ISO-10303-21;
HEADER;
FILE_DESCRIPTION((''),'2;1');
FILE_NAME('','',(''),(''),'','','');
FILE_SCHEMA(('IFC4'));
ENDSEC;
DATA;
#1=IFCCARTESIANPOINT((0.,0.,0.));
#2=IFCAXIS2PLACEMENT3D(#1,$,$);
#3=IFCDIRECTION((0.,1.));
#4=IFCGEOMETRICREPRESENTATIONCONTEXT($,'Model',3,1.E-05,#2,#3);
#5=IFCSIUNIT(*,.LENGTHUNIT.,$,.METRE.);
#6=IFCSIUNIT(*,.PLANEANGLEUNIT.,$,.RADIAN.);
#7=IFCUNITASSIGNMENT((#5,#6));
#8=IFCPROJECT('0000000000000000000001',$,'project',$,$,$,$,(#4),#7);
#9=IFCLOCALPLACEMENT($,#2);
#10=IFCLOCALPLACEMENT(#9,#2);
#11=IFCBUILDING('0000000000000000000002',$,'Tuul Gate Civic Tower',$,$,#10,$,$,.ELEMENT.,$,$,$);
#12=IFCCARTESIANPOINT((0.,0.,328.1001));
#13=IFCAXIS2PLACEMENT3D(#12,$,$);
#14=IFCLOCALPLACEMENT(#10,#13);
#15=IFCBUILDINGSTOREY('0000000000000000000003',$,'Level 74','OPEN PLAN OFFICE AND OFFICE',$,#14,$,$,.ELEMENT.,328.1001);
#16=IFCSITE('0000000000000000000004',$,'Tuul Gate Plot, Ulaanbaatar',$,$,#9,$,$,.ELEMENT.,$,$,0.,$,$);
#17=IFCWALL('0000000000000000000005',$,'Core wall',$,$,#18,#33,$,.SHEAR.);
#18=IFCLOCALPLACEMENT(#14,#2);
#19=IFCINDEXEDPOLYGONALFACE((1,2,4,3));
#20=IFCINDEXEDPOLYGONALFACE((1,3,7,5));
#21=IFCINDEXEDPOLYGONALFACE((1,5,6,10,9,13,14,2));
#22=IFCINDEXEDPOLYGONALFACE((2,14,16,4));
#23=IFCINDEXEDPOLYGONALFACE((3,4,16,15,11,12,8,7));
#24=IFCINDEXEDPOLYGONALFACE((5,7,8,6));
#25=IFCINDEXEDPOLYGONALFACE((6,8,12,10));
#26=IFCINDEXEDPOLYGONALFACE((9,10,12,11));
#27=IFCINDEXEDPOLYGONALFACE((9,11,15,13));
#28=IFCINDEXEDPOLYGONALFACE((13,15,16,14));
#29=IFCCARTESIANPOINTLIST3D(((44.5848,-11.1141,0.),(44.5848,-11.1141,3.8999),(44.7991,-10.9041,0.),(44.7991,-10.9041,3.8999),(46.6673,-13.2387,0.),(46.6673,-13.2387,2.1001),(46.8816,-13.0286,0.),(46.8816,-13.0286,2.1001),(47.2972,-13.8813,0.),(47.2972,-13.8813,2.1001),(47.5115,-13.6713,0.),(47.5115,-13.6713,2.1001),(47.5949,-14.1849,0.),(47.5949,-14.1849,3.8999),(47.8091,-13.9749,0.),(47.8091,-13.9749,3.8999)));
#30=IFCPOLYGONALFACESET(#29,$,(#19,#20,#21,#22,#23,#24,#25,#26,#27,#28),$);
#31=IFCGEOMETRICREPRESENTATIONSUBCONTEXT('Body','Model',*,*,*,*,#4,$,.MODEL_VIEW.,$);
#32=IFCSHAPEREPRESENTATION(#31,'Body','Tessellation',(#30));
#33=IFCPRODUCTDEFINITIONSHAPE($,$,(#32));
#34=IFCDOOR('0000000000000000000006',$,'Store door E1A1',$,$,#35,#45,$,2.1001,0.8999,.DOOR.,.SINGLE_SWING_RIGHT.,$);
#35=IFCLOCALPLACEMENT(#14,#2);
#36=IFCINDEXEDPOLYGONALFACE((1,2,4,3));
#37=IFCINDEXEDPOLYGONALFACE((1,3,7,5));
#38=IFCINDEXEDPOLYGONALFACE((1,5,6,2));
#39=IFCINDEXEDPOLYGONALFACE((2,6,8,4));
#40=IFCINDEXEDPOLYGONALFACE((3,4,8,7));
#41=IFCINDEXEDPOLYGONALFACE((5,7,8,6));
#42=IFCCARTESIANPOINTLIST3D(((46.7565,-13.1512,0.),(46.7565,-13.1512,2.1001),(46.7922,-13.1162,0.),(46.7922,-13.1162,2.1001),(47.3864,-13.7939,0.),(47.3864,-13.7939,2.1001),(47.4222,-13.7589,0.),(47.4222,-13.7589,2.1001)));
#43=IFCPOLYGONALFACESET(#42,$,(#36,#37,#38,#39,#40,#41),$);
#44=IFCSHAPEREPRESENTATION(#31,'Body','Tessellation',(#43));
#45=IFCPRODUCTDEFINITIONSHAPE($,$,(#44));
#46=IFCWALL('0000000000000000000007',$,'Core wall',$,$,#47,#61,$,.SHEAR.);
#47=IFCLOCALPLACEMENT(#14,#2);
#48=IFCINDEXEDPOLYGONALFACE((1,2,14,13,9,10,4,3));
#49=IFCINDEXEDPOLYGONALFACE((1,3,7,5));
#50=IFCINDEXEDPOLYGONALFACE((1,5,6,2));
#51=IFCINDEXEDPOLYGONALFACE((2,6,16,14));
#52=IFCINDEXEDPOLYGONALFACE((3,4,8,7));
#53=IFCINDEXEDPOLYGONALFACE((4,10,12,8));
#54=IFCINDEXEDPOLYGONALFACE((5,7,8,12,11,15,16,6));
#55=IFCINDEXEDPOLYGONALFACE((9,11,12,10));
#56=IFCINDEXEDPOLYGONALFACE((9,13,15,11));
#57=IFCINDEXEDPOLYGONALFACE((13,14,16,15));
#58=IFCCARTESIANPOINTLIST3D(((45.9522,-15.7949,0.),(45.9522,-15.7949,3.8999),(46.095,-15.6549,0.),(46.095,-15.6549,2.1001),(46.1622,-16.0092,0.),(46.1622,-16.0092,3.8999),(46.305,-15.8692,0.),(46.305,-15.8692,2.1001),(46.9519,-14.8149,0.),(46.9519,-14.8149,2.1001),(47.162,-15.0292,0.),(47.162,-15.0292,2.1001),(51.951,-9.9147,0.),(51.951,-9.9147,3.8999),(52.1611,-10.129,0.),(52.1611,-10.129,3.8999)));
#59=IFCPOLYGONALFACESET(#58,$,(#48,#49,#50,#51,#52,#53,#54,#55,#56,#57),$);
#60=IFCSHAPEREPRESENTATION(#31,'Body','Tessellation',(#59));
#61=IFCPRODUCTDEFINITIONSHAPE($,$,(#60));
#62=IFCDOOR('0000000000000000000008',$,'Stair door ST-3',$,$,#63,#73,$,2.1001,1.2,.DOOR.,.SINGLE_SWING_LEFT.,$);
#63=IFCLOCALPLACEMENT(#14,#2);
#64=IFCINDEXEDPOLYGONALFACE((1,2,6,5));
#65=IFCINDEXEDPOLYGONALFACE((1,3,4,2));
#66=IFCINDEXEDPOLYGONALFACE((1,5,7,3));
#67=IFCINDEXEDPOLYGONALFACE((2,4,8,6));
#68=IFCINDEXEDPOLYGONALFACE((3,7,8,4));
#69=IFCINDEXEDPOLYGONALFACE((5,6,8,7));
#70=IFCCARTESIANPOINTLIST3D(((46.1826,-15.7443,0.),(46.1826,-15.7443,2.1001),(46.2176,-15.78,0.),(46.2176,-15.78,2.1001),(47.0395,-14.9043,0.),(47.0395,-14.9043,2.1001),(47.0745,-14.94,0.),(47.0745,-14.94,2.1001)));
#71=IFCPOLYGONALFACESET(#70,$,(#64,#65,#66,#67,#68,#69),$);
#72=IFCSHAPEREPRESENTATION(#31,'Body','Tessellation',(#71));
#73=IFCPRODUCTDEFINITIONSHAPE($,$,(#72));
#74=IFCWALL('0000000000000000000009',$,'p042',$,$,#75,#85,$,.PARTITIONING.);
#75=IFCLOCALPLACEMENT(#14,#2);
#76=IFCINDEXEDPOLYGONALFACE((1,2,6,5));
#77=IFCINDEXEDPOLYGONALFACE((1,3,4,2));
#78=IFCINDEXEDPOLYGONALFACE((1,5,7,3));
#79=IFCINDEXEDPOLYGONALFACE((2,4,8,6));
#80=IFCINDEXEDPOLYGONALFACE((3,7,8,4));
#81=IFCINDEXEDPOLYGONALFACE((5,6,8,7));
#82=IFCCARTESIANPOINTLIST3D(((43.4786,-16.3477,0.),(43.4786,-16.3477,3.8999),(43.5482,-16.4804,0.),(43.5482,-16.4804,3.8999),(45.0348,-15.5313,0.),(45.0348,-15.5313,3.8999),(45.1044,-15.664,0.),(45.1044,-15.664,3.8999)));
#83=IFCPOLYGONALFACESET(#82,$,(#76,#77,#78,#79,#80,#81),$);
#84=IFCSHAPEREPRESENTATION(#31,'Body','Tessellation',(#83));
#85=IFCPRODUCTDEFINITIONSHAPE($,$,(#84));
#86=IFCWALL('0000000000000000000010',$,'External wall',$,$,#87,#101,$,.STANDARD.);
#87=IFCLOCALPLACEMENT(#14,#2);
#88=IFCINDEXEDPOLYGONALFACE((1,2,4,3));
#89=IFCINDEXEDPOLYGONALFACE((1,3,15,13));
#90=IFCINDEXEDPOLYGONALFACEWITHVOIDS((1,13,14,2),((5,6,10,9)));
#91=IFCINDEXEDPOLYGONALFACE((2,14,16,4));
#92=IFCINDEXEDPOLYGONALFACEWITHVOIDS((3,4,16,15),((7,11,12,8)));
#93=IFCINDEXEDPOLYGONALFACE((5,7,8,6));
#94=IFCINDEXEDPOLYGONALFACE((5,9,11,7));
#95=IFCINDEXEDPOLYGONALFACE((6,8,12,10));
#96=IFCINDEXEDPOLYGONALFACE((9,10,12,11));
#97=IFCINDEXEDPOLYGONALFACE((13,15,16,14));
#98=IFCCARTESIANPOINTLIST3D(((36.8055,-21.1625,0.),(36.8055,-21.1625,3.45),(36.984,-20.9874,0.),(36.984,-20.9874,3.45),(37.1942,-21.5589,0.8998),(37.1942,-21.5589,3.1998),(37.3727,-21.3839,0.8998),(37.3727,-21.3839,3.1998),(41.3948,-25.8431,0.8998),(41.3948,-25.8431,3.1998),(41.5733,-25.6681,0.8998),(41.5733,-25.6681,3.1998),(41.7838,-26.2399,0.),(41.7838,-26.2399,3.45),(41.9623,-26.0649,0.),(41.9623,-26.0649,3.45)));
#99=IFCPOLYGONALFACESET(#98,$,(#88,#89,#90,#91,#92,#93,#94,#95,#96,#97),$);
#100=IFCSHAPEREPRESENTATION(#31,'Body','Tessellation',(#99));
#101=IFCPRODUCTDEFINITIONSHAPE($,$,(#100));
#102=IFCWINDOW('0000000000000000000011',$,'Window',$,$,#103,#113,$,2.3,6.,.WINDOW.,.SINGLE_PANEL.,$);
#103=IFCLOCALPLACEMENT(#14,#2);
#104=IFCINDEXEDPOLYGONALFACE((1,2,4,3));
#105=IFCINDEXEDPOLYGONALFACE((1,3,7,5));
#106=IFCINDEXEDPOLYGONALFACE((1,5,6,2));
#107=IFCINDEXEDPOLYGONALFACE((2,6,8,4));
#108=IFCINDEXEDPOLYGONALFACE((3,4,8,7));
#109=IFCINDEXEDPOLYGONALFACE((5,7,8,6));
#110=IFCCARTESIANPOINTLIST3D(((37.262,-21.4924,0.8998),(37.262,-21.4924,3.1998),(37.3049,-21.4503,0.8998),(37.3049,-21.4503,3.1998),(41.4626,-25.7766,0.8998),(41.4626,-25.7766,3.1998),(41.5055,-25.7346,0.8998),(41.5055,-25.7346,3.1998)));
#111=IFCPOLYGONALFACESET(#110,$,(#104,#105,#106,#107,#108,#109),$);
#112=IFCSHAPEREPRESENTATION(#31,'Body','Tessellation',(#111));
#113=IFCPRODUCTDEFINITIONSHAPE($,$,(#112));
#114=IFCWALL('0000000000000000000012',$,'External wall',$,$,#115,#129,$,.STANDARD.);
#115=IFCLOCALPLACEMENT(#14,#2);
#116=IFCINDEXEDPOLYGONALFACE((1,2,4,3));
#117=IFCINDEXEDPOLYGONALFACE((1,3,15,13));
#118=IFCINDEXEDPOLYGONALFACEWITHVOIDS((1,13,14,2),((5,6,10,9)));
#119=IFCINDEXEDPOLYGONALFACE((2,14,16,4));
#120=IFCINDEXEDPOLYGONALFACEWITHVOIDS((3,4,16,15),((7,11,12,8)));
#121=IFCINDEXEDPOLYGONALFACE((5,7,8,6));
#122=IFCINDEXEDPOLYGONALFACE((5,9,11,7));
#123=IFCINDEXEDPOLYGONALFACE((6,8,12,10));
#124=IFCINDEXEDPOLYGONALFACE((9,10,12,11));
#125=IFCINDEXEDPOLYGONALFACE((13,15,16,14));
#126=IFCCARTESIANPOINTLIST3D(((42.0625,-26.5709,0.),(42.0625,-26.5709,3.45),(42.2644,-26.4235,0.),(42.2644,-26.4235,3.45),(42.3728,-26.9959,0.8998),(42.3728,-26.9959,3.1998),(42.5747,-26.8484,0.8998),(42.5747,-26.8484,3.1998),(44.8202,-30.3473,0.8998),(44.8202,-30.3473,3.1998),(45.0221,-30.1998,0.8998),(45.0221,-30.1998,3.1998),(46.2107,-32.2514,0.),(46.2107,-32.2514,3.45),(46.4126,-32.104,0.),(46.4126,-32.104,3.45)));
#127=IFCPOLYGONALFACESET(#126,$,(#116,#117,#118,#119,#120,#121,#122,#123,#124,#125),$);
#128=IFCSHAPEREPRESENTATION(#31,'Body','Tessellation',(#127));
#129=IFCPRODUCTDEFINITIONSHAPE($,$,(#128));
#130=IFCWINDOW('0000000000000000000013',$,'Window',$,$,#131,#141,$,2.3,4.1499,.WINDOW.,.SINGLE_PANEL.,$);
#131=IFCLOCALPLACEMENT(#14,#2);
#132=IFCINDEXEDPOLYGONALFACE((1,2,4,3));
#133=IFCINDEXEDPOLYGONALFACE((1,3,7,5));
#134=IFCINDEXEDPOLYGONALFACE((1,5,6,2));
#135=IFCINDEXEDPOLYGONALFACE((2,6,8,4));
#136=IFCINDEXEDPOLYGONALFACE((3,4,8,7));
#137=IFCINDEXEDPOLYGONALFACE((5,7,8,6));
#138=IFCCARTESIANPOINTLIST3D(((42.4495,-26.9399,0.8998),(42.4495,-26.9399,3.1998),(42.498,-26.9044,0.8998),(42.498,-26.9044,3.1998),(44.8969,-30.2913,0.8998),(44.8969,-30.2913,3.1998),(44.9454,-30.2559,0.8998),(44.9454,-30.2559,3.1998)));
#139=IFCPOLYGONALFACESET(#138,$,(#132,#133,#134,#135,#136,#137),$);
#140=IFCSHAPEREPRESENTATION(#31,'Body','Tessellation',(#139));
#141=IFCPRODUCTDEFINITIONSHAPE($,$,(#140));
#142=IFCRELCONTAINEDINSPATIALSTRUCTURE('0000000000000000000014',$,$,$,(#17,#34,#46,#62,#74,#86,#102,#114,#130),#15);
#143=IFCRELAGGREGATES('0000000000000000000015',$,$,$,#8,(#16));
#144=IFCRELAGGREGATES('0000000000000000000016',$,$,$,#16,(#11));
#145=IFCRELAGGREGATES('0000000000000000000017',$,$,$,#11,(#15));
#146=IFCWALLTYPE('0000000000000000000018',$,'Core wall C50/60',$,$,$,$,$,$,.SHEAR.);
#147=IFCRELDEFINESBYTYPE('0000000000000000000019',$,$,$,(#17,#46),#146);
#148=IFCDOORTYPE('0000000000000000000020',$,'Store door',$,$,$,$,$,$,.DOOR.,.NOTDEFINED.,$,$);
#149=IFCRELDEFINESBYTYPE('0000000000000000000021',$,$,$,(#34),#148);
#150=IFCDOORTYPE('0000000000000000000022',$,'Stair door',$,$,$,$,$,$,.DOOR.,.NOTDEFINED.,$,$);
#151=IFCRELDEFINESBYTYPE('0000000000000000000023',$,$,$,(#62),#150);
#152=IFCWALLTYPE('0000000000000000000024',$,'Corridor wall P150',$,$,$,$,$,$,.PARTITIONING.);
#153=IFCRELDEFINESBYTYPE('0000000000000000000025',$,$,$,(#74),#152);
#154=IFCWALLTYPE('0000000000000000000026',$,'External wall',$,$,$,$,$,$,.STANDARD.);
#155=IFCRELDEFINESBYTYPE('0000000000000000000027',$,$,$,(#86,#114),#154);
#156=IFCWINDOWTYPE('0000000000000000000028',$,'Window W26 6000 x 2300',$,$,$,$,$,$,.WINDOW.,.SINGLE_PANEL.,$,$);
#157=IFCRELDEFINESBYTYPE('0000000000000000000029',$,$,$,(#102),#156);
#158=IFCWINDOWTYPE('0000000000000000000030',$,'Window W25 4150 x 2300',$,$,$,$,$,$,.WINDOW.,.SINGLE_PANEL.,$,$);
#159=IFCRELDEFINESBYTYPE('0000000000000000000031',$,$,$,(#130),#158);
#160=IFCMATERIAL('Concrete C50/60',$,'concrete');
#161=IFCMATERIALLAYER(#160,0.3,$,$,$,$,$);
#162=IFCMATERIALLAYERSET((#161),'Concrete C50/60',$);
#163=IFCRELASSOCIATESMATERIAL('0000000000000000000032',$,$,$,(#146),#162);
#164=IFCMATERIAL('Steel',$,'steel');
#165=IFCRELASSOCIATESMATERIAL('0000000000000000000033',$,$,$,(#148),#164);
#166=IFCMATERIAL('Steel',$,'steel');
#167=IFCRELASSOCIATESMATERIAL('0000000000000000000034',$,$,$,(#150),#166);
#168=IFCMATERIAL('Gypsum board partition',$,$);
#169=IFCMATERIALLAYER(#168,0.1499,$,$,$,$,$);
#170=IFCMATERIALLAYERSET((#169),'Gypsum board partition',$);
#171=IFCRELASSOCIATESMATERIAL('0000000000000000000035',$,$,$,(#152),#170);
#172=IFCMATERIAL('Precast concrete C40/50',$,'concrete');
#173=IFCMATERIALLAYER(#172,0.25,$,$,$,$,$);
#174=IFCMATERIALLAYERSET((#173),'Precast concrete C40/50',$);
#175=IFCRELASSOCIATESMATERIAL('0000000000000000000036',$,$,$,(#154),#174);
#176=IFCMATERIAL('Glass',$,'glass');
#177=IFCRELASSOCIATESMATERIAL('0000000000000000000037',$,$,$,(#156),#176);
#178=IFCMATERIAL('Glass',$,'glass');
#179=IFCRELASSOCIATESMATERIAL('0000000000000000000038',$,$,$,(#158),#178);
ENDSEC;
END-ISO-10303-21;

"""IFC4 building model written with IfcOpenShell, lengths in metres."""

from ifc_helpers import new_model, si_unit, direction, frame, frame_2d, origin, place, context, subcontext, project, spatial, rectangle, extrude, material, layer, layer_set, type_object, element, fill, save


model = new_model("IFC4")

# Units and contexts
model_context = context("Model", 3, precision=1e-05, world=origin(), true_north=direction((0.0, 1.0)))
body_context = subcontext(model_context, "Body", "Model", "MODEL_VIEW")
ifc_project = project(units=[si_unit("LENGTHUNIT", "METRE"), si_unit("PLANEANGLEUNIT", "RADIAN")], contexts=[model_context])

# Site, building, storey
site_placement = place(None, origin())
site = spatial("IfcSite", under=ifc_project, at=site_placement, Name="Tuul Gate Plot, Ulaanbaatar", CompositionType="ELEMENT", RefElevation=0.0)
building_placement = place(site_placement, origin())
building = spatial("IfcBuilding", under=site, at=building_placement, Name="Tuul Gate Civic Tower", CompositionType="ELEMENT")
storey_placement = place(building_placement, frame((0.0, 0.0, 328.1001)))
storey = spatial("IfcBuildingStorey", under=building, at=storey_placement, Name="Level 74", Description="OPEN PLAN OFFICE AND OFFICE", CompositionType="ELEMENT", Elevation=328.1001)

# Walls, openings, doors
ifc_material_1 = material(Name="Concrete C50/60", Category="concrete")
ifc_layer_1 = layer(ifc_material_1, 0.3)
ifc_layer_set_1 = layer_set([ifc_layer_1], Name="Concrete C50/60")
wall_type_1 = type_object("IfcWallType", Name="Core wall C50/60", PredefinedType="SHEAR", material=ifc_layer_set_1)
wall_1_placement = place(storey_placement, frame((47.7019, -14.0798, 0.0), z_axis=(0.0, 0.0, 1.0), x_axis=(-0.700003, 0.71414, 0.0)))
wall_1 = element("IfcWall", 1, at=wall_1_placement, inside=storey, type_object=wall_type_1, Name="Core wall", PredefinedType="SHEAR", context=body_context, shape_type="SweptSolid", body=[
    extrude(rectangle(XDim=4.3, YDim=0.3, at=frame_2d((2.1499, 0.0))), origin(), (0.0, 0.0, 1.0), 3.8999),
])
opening_1_placement = place(wall_1_placement, frame((0.425, 0.0, 0.0)))
opening_1 = element("IfcOpeningElement", 2, at=opening_1_placement, cuts=wall_1, PredefinedType="OPENING", context=body_context, shape_type="SweptSolid", body=[
    extrude(rectangle(XDim=0.8999, YDim=2.1001, at=frame_2d((0.45, 1.05))), frame((0.0, 0.1602, 0.0), z_axis=(0.0, -1.0, 0.0), x_axis=(1.0, 0.0, 0.0)), (0.0, 0.0, 1.0), 0.3201),
])
ifc_material_2 = material(Name="Steel", Category="steel")
door_type_1 = type_object("IfcDoorType", Name="Store door", OperationType="NOTDEFINED", PredefinedType="DOOR", material=ifc_material_2)
door_1_placement = place(opening_1_placement, frame((0.8999, 0.0, 0.0), z_axis=(0.0, 0.0, 1.0), x_axis=(-1.0, 0.0, 0.0)))
door_1 = element("IfcDoor", 3, at=door_1_placement, inside=storey, type_object=door_type_1, Name="Store door E1A1", OperationType="SINGLE_SWING_RIGHT", OverallHeight=2.1001, OverallWidth=0.8999, PredefinedType="DOOR", context=body_context, shape_type="SweptSolid", body=[
    extrude(rectangle(XDim=0.8999, YDim=2.1001, at=frame_2d((0.45, 1.05))), frame((0.0, 0.0249, 0.0), z_axis=(0.0, -1.0, 0.0), x_axis=(1.0, 0.0, 0.0)), (0.0, 0.0, 1.0), 0.05),
])
fill(opening_1, door_1)
wall_2_placement = place(storey_placement, frame((46.0571, -15.9021, 0.0), z_axis=(0.0, 0.0, 1.0), x_axis=(0.714134, 0.700009, 0.0)))
wall_2 = element("IfcWall", 4, at=wall_2_placement, inside=storey, type_object=wall_type_1, Name="Core wall", PredefinedType="SHEAR", context=body_context, shape_type="SweptSolid", body=[
    extrude(rectangle(XDim=8.4001, YDim=0.3, at=frame_2d((4.2002, 0.0))), origin(), (0.0, 0.0, 1.0), 3.8999),
])
opening_2_placement = place(wall_2_placement, frame((0.2, 0.0, 0.0)))
opening_2 = element("IfcOpeningElement", 5, at=opening_2_placement, cuts=wall_2, PredefinedType="OPENING", context=body_context, shape_type="SweptSolid", body=[
    extrude(rectangle(XDim=1.2, YDim=2.1001, at=frame_2d((0.6001, 1.05))), frame((0.0, 0.1602, 0.0), z_axis=(0.0, -1.0, 0.0), x_axis=(1.0, 0.0, 0.0)), (0.0, 0.0, 1.0), 0.3201),
])
ifc_material_3 = material(Name="Steel", Category="steel")
door_type_2 = type_object("IfcDoorType", Name="Stair door", OperationType="NOTDEFINED", PredefinedType="DOOR", material=ifc_material_3)
door_2_placement = place(opening_2_placement, origin())
door_2 = element("IfcDoor", 6, at=door_2_placement, inside=storey, type_object=door_type_2, Name="Stair door ST-3", OperationType="SINGLE_SWING_LEFT", OverallHeight=2.1001, OverallWidth=1.2, PredefinedType="DOOR", context=body_context, shape_type="SweptSolid", body=[
    extrude(rectangle(XDim=1.2, YDim=2.1001, at=frame_2d((0.6001, 1.05))), frame((0.0, 0.0249, 0.0), z_axis=(0.0, -1.0, 0.0), x_axis=(1.0, 0.0, 0.0)), (0.0, 0.0, 1.0), 0.05),
])
fill(opening_2, door_2)

# Wall
ifc_material_4 = material(Name="Gypsum board partition")
ifc_layer_2 = layer(ifc_material_4, 0.1499)
ifc_layer_set_2 = layer_set([ifc_layer_2], Name="Gypsum board partition")
wall_type_2 = type_object("IfcWallType", Name="Corridor wall P150", PredefinedType="PARTITIONING", material=ifc_layer_set_2)
wall_3_placement = place(storey_placement, frame((43.5134, -16.4141, 0.0), z_axis=(0.0, 0.0, 1.0), x_axis=(0.885532, 0.464578, 0.0)))
element("IfcWall", 7, at=wall_3_placement, inside=storey, type_object=wall_type_2, Name="p042", PredefinedType="PARTITIONING", context=body_context, shape_type="SweptSolid", body=[
    extrude(rectangle(XDim=1.7573, YDim=0.1499, at=frame_2d((0.8787, 0.0))), origin(), (0.0, 0.0, 1.0), 3.8999),
])

# Walls, openings, windows
ifc_material_5 = material(Name="Precast concrete C40/50", Category="concrete")
ifc_layer_3 = layer(ifc_material_5, 0.25)
ifc_layer_set_3 = layer_set([ifc_layer_3], Name="Precast concrete C40/50")
wall_type_3 = type_object("IfcWallType", Name="External wall", PredefinedType="STANDARD", material=ifc_layer_set_3)
wall_4_placement = place(storey_placement, frame((36.8948, -21.075, 0.0), z_axis=(0.0, 0.0, 1.0), x_axis=(0.700103, -0.714042, 0.0)))
wall_4 = element("IfcWall", 8, at=wall_4_placement, inside=storey, type_object=wall_type_3, Name="External wall", PredefinedType="STANDARD", context=body_context, shape_type="SweptSolid", body=[
    extrude(rectangle(XDim=7.1108, YDim=0.25, at=frame_2d((3.5554, 0.0))), origin(), (0.0, 0.0, 1.0), 3.45),
])
opening_3_placement = place(wall_4_placement, frame((0.5552, 0.0, 0.8999)))
opening_3 = element("IfcOpeningElement", 9, at=opening_3_placement, cuts=wall_4, PredefinedType="OPENING", context=body_context, shape_type="SweptSolid", body=[
    extrude(rectangle(XDim=6.0, YDim=2.3, at=frame_2d((3.0, 1.1499))), frame((0.0, 0.135, 0.0), z_axis=(0.0, -1.0, 0.0), x_axis=(1.0, 0.0, 0.0)), (0.0, 0.0, 1.0), 0.27),
])
ifc_material_6 = material(Name="Glass", Category="glass")
window_type_1 = type_object("IfcWindowType", Name="Window W26 6000 x 2300", PartitioningType="SINGLE_PANEL", PredefinedType="WINDOW", material=ifc_material_6)
window_1_placement = place(opening_3_placement, origin())
window_1 = element("IfcWindow", 10, at=window_1_placement, inside=storey, type_object=window_type_1, Name="Window", OverallHeight=2.3, OverallWidth=6.0, PartitioningType="SINGLE_PANEL", PredefinedType="WINDOW", context=body_context, shape_type="SweptSolid", body=[
    extrude(rectangle(XDim=6.0, YDim=2.3, at=frame_2d((3.0, 1.1499))), frame((0.0, 0.03, 0.0), z_axis=(0.0, -1.0, 0.0), x_axis=(1.0, 0.0, 0.0)), (0.0, 0.0, 1.0), 0.0601),
])
fill(opening_3, window_1)
wall_5_placement = place(storey_placement, frame((42.1633, -26.4971, 0.0), z_axis=(0.0, 0.0, 1.0), x_axis=(0.589749, -0.807586, 0.0)))
wall_5 = element("IfcWall", 11, at=wall_5_placement, inside=storey, type_object=wall_type_3, Name="External wall", PredefinedType="STANDARD", context=body_context, shape_type="SweptSolid", body=[
    extrude(rectangle(XDim=7.0339, YDim=0.25, at=frame_2d((3.5171, 0.0))), origin(), (0.0, 0.0, 1.0), 3.45),
])
opening_4_placement = place(wall_5_placement, frame((0.5264, 0.0, 0.8999)))
opening_4 = element("IfcOpeningElement", 12, at=opening_4_placement, cuts=wall_5, PredefinedType="OPENING", context=body_context, shape_type="SweptSolid", body=[
    extrude(rectangle(XDim=4.1499, YDim=2.3, at=frame_2d((2.075, 1.1499))), frame((0.0, 0.135, 0.0), z_axis=(0.0, -1.0, 0.0), x_axis=(1.0, 0.0, 0.0)), (0.0, 0.0, 1.0), 0.27),
])
ifc_material_7 = material(Name="Glass", Category="glass")
window_type_2 = type_object("IfcWindowType", Name="Window W25 4150 x 2300", PartitioningType="SINGLE_PANEL", PredefinedType="WINDOW", material=ifc_material_7)
window_2_placement = place(opening_4_placement, origin())
window_2 = element("IfcWindow", 13, at=window_2_placement, inside=storey, type_object=window_type_2, Name="Window", OverallHeight=2.3, OverallWidth=4.1499, PartitioningType="SINGLE_PANEL", PredefinedType="WINDOW", context=body_context, shape_type="SweptSolid", body=[
    extrude(rectangle(XDim=4.1499, YDim=2.3, at=frame_2d((2.075, 1.1499))), frame((0.0, 0.03, 0.0), z_axis=(0.0, -1.0, 0.0), x_axis=(1.0, 0.0, 0.0)), (0.0, 0.0, 1.0), 0.0601),
])
fill(opening_4, window_2)

save(model, "model.ifc")
